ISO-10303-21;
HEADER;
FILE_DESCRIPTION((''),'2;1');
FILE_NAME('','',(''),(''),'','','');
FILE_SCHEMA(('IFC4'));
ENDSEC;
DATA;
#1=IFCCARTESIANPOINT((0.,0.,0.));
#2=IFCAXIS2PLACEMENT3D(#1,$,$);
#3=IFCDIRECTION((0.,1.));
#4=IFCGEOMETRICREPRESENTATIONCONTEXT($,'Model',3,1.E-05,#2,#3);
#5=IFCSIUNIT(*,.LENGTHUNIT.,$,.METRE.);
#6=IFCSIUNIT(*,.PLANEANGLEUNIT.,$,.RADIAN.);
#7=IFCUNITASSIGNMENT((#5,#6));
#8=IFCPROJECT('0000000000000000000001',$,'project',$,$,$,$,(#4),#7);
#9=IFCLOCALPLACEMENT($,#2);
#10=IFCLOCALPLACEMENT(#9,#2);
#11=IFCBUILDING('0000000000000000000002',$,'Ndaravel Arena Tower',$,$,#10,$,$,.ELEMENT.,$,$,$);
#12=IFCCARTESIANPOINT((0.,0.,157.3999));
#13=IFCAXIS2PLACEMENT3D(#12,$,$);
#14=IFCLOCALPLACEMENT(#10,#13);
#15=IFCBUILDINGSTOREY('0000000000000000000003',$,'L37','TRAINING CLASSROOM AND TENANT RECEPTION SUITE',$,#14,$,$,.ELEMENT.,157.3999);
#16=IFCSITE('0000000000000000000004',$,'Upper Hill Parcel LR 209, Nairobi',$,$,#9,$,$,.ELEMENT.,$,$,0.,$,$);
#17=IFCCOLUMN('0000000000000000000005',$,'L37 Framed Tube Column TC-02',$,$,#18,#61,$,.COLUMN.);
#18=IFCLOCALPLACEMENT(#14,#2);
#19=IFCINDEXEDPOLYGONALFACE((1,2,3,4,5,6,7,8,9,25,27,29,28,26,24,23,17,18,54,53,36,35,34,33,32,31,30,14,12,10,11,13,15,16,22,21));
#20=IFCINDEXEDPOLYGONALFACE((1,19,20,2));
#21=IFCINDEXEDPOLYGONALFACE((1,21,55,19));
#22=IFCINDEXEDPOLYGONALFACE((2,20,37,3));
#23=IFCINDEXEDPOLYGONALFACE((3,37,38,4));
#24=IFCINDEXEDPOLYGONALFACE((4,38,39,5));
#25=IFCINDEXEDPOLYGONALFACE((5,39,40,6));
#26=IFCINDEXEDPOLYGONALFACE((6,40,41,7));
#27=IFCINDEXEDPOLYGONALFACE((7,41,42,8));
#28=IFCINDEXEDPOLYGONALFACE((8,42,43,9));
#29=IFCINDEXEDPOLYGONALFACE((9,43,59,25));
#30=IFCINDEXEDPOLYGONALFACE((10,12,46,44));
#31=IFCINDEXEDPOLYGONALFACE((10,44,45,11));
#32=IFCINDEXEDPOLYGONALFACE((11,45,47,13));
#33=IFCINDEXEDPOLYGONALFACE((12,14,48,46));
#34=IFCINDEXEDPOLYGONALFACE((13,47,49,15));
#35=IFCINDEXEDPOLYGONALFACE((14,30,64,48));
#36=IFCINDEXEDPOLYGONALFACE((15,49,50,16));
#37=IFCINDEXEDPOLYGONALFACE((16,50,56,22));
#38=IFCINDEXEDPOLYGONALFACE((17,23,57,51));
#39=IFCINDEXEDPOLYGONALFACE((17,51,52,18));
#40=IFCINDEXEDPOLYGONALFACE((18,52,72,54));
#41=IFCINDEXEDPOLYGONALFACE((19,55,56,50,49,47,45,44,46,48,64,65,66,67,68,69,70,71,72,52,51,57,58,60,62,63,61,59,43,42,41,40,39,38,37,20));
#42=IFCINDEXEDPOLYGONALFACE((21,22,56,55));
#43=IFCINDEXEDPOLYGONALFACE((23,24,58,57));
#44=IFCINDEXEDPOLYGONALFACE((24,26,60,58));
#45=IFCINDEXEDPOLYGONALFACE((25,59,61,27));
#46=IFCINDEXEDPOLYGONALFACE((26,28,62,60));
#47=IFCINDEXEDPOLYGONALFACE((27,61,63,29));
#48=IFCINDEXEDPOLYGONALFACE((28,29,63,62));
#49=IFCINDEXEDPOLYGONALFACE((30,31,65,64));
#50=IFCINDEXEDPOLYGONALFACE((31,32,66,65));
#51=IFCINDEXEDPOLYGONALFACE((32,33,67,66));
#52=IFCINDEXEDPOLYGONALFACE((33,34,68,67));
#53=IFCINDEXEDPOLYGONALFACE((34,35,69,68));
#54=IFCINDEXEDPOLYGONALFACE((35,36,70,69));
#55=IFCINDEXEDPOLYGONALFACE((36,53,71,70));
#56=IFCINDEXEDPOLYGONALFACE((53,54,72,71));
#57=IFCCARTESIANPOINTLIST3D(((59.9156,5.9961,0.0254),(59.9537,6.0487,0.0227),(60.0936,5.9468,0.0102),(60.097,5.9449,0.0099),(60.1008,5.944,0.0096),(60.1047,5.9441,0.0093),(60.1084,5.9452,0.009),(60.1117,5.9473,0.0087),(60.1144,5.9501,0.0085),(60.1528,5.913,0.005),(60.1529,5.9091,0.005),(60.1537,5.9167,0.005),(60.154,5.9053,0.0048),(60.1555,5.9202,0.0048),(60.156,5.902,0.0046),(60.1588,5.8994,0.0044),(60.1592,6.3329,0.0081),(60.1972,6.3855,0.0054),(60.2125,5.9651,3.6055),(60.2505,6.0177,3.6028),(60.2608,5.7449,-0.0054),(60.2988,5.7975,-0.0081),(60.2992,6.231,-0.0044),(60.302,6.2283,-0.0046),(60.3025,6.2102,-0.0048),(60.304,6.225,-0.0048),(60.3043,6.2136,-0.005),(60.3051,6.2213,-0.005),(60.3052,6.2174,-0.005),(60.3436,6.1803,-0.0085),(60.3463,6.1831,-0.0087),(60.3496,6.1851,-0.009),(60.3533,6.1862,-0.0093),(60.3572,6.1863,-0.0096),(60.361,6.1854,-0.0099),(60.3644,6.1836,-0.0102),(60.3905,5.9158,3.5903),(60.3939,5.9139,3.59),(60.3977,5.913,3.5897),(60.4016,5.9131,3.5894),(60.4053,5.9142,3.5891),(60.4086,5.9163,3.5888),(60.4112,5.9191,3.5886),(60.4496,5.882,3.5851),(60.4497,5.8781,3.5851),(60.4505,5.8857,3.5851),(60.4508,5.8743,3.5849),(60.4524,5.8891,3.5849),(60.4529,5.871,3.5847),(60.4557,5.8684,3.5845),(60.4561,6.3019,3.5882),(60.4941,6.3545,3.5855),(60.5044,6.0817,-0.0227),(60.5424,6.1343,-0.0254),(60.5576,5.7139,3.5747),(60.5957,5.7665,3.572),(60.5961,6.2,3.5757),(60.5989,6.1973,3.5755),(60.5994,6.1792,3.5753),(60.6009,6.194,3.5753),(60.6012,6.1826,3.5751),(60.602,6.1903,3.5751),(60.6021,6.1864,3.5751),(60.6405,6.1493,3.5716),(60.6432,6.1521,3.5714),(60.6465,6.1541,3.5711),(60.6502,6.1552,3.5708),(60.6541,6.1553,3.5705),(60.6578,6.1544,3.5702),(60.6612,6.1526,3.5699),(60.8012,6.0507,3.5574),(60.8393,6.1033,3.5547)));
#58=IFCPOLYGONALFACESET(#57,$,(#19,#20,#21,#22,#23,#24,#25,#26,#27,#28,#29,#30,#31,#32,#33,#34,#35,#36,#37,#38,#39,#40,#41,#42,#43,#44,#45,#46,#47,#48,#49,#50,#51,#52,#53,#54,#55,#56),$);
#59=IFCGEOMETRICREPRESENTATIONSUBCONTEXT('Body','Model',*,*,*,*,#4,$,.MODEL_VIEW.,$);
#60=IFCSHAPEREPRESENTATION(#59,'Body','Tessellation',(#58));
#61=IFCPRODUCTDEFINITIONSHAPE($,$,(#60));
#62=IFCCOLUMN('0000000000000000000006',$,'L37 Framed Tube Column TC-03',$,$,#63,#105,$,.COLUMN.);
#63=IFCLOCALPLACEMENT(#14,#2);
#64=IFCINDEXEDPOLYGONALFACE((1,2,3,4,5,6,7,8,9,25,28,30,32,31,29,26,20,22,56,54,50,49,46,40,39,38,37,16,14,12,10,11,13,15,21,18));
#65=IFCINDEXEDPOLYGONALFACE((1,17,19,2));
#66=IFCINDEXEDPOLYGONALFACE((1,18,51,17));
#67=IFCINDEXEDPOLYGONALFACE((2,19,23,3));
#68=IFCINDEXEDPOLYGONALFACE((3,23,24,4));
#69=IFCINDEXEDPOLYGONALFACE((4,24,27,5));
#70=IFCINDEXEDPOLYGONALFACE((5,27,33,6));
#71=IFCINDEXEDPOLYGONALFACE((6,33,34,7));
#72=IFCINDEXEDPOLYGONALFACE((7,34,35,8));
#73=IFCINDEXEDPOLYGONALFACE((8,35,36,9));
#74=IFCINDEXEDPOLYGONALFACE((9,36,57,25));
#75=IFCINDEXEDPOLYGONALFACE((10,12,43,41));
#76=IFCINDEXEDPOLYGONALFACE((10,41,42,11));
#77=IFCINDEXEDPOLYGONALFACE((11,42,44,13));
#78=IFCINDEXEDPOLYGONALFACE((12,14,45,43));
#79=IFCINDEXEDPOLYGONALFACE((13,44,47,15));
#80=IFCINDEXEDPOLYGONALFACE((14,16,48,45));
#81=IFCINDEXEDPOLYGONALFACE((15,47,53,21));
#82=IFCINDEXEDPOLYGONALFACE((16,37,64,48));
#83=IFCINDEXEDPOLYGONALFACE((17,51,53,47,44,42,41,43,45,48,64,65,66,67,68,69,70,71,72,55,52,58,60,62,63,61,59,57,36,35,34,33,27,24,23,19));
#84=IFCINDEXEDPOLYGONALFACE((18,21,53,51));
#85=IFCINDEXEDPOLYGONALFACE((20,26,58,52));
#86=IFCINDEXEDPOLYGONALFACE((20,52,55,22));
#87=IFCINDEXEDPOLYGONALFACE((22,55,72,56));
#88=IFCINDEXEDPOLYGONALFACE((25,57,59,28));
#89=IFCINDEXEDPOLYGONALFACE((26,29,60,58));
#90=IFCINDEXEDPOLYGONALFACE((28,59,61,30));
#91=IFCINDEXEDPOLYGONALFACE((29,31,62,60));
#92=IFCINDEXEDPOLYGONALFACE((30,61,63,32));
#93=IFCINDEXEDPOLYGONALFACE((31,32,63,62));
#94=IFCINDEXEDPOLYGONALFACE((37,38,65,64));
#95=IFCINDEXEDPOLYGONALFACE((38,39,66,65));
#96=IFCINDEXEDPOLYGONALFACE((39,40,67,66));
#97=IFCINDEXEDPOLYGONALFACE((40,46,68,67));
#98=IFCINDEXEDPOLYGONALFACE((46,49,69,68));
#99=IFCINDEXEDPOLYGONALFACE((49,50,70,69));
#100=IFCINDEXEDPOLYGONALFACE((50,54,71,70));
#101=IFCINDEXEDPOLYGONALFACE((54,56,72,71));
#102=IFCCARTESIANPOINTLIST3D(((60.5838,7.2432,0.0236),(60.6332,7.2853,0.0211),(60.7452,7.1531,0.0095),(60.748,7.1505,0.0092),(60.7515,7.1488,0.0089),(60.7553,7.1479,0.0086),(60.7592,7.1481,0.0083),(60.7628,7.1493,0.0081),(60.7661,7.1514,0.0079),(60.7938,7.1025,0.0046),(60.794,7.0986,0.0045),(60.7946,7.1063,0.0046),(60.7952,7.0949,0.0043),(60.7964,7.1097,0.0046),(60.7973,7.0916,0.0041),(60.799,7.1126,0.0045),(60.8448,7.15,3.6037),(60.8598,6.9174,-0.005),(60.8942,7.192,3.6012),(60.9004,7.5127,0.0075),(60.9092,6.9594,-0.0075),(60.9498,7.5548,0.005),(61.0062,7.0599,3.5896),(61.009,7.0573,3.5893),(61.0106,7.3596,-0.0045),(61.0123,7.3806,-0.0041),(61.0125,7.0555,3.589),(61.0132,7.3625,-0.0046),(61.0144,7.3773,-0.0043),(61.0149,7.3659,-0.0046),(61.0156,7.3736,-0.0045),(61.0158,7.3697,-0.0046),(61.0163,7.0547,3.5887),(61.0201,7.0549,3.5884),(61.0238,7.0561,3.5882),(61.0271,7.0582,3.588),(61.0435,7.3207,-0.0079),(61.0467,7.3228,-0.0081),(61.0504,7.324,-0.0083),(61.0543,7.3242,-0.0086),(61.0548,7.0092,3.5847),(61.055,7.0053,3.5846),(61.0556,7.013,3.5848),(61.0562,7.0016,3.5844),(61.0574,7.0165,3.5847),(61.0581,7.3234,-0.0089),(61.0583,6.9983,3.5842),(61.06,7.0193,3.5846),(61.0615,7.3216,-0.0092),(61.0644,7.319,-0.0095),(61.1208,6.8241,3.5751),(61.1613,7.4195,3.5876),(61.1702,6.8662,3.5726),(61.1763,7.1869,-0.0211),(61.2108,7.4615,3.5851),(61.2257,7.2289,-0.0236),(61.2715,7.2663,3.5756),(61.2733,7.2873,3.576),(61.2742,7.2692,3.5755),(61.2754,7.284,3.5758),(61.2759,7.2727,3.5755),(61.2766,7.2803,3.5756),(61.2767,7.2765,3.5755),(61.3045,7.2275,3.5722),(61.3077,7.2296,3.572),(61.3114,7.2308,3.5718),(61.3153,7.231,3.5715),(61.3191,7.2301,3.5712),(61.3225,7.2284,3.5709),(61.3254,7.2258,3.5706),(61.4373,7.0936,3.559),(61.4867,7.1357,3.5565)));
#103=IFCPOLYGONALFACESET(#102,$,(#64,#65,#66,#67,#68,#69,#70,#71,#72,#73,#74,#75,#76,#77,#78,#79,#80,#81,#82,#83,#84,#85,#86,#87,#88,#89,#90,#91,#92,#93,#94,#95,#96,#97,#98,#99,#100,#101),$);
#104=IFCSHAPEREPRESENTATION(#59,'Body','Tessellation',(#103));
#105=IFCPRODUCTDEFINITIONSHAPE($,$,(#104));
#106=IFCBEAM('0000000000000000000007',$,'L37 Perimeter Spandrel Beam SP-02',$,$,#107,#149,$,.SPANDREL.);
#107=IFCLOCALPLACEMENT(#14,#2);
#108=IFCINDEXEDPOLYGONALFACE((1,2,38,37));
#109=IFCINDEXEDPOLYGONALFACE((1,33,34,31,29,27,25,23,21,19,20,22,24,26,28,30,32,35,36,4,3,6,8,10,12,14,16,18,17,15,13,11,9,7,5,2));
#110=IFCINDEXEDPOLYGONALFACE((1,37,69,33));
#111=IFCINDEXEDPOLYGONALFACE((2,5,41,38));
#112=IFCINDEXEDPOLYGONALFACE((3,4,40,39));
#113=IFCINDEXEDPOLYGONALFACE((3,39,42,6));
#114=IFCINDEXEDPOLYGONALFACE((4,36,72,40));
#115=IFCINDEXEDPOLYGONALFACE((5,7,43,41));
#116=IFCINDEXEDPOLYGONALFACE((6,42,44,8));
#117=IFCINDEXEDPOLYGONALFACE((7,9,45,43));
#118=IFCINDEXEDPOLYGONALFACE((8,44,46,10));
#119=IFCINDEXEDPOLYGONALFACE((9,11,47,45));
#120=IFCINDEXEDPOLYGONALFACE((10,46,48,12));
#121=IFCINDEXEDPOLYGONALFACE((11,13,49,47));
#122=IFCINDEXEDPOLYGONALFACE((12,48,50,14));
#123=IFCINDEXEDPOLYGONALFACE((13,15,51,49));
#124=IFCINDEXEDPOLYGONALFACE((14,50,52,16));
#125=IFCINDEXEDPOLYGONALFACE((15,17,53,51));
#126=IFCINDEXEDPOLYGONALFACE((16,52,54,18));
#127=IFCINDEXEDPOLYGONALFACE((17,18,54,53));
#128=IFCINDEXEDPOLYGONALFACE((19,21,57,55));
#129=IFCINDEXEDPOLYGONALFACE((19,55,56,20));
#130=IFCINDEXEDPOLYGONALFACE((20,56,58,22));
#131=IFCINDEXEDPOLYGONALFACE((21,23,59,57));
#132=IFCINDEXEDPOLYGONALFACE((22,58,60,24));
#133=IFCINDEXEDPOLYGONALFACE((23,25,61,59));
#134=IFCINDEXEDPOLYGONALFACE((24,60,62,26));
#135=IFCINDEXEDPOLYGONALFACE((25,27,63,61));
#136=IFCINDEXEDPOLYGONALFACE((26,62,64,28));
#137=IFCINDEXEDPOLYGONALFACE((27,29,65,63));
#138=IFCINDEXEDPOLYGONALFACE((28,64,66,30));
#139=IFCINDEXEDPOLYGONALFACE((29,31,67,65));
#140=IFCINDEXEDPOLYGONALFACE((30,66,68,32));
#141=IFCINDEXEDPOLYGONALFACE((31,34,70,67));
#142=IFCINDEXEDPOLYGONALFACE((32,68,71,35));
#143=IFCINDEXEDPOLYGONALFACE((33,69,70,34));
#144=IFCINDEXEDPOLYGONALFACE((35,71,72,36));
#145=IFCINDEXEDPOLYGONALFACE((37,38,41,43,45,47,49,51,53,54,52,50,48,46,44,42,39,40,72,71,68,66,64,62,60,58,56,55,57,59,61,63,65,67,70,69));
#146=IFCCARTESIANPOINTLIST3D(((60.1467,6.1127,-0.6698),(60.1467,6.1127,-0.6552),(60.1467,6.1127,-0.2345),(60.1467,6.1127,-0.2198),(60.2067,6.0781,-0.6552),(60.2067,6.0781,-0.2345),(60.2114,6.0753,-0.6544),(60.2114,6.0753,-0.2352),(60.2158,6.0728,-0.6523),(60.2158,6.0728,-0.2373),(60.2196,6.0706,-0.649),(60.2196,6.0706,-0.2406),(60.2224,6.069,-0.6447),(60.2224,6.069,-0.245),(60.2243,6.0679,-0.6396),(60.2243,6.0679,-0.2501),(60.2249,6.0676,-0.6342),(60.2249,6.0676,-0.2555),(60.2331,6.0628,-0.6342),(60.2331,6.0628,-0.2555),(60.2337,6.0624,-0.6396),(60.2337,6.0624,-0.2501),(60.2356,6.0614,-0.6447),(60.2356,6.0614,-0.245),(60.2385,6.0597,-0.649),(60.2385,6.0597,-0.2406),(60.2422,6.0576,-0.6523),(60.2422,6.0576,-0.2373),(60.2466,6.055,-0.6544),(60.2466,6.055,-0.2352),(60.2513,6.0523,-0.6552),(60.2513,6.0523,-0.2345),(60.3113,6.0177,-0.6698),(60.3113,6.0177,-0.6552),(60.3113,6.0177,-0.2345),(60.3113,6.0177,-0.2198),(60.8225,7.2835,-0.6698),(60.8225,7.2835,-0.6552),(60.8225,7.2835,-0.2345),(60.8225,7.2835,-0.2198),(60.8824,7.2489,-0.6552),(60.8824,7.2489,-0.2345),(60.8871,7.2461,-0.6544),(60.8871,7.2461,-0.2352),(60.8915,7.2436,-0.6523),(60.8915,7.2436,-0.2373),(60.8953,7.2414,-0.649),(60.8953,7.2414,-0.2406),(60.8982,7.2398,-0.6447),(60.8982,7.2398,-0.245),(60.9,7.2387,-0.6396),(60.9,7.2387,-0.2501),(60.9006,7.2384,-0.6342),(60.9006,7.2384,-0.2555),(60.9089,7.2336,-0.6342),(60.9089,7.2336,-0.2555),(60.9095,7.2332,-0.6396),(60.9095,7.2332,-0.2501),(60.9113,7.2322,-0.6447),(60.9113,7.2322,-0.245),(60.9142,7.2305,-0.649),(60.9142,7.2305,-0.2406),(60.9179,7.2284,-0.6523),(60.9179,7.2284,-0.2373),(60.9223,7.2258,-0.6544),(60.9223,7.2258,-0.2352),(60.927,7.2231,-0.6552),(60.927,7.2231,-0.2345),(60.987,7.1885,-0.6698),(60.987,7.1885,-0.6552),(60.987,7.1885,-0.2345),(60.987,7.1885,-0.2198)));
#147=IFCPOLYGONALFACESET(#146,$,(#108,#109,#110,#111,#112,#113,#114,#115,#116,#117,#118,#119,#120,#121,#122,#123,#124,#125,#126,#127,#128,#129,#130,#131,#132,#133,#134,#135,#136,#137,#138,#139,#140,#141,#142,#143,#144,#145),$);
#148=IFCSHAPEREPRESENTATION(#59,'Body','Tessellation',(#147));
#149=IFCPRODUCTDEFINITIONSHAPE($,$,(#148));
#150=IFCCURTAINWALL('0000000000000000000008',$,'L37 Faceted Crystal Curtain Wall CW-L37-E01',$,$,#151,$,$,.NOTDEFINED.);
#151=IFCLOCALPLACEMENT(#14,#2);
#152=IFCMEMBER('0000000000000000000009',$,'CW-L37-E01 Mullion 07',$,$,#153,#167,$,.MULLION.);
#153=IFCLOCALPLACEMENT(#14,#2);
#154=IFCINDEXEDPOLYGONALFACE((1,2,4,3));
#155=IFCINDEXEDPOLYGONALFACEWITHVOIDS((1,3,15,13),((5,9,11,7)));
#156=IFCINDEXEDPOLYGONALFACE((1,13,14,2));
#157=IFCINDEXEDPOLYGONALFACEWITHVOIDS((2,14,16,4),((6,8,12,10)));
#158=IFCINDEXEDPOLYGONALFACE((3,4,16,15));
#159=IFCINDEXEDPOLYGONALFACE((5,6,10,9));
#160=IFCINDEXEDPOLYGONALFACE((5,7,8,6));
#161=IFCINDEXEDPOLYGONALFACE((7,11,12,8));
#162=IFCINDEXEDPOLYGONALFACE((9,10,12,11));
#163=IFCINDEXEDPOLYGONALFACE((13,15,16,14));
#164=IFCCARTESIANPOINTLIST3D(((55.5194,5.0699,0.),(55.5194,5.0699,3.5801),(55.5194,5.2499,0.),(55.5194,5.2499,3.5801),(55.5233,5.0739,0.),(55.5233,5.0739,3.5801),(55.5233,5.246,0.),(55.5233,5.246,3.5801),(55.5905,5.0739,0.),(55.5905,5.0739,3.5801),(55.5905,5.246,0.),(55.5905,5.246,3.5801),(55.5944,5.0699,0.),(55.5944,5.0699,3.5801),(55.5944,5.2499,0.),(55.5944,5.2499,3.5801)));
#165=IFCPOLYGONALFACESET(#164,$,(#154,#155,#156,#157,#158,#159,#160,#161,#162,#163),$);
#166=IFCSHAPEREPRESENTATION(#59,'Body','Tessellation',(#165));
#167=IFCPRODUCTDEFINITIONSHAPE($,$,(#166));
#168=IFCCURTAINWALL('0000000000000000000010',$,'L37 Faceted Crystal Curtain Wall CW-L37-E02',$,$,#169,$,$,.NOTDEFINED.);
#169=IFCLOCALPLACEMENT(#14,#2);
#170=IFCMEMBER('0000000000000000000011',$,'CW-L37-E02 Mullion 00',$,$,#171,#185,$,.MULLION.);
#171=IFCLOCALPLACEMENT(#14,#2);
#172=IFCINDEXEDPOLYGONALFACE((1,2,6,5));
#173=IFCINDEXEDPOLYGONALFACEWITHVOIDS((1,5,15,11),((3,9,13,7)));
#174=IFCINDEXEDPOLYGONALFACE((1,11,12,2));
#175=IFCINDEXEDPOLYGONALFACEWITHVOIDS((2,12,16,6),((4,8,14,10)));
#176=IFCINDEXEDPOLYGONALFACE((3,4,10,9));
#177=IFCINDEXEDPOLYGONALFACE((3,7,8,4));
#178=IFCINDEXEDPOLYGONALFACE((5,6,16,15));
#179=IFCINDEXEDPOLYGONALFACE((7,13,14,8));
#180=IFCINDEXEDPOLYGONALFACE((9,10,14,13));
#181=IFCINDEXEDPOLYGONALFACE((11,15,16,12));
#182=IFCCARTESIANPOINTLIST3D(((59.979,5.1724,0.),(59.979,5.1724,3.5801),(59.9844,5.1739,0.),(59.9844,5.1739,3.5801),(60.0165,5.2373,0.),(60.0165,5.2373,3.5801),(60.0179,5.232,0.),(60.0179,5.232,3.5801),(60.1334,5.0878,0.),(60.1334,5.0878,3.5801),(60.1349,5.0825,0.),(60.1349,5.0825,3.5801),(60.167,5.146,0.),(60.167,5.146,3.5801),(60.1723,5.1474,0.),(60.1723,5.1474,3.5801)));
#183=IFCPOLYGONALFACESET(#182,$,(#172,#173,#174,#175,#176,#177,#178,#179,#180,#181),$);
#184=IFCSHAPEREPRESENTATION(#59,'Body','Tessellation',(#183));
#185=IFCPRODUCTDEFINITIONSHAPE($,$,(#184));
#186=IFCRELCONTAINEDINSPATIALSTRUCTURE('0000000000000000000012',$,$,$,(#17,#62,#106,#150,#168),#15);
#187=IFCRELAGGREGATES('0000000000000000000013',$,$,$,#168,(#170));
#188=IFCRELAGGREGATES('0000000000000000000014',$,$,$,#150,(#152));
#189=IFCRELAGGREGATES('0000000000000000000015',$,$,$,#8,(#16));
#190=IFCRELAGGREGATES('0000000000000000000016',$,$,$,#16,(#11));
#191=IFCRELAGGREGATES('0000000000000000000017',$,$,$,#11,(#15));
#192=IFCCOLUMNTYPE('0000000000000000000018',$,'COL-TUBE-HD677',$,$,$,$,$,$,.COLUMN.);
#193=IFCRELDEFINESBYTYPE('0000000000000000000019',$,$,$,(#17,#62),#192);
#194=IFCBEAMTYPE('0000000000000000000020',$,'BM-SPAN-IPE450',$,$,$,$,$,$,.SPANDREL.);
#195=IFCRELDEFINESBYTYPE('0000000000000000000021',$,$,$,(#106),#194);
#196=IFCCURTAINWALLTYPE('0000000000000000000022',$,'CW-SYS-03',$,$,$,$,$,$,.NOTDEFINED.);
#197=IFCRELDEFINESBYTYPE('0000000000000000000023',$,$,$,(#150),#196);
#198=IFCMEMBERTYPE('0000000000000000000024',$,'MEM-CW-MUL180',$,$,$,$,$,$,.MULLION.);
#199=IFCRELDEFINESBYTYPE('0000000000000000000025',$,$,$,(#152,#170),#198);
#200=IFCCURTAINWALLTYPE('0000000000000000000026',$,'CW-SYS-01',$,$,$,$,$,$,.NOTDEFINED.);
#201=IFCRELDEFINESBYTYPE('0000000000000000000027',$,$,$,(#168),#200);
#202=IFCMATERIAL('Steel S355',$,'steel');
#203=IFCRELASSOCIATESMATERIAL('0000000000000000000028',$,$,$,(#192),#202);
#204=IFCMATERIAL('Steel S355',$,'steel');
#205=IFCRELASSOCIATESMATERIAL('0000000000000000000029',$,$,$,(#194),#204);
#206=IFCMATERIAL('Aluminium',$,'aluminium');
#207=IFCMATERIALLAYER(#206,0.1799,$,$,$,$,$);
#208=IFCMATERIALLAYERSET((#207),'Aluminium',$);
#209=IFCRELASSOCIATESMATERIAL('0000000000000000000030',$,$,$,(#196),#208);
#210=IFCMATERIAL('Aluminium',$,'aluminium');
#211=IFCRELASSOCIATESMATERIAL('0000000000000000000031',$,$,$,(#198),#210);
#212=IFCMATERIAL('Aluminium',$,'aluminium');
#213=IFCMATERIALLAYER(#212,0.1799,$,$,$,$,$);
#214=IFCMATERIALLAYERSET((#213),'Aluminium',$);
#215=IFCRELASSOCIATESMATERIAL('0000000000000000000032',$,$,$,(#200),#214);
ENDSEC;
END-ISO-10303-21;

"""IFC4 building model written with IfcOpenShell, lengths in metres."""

from ifc_helpers import new_model, si_unit, direction, frame, origin, origin_2d, place, context, subcontext, project, spatial, hollow_rectangle, i_section, extrude, material, layer, layer_set, material_profile, profile_set, type_object, element, aggregate, save


model = new_model("IFC4")

# Units and contexts
model_context = context("Model", 3, precision=1e-05, world=origin(), true_north=direction((0.0, 1.0)))
body_context = subcontext(model_context, "Body", "Model", "MODEL_VIEW")
ifc_project = project(units=[si_unit("LENGTHUNIT", "METRE"), si_unit("PLANEANGLEUNIT", "RADIAN")], contexts=[model_context])

# Site, building, storey
site_placement = place(None, origin())
site = spatial("IfcSite", under=ifc_project, at=site_placement, Name="Upper Hill Parcel LR 209, Nairobi", CompositionType="ELEMENT", RefElevation=0.0)
building_placement = place(site_placement, origin())
building = spatial("IfcBuilding", under=site, at=building_placement, Name="Ndaravel Arena Tower", CompositionType="ELEMENT")
storey_placement = place(building_placement, frame((0.0, 0.0, 157.3999)))
storey = spatial("IfcBuildingStorey", under=building, at=storey_placement, Name="L37", Description="TRAINING CLASSROOM AND TENANT RECEPTION SUITE", CompositionType="ELEMENT", Elevation=157.3999)

# Columns
ifc_material_1 = material(Name="Steel S355", Category="steel")
ifc_material_profile_1 = material_profile(ifc_material_1, i_section(OverallWidth=0.428, OverallDepth=0.481, WebThickness=0.051, FlangeThickness=0.0649, FilletRadius=0.0149, at=origin_2d()), Name="HD 400x677")
ifc_profile_set_1 = profile_set([ifc_material_profile_1], Name="Steel S355")
column_type = type_object("IfcColumnType", Name="COL-TUBE-HD677", PredefinedType="COLUMN", material=ifc_profile_set_1)
column_1_placement = place(storey_placement, frame((60.229, 6.0652, 0.0), z_axis=(0.082637, -0.008631, 0.996542), x_axis=(-0.806424, 0.586943, 0.071955)))
element("IfcColumn", 1, at=column_1_placement, inside=storey, type_object=column_type, Name="L37 Framed Tube Column TC-02", PredefinedType="COLUMN", context=body_context, shape_type="SweptSolid", body=[
    extrude(i_section(OverallWidth=0.428, OverallDepth=0.481, WebThickness=0.051, FlangeThickness=0.0649, FilletRadius=0.0149, at=origin_2d()), origin(), (0.0, 0.0, 1.0), 3.5925),
])
column_2_placement = place(storey_placement, frame((60.9048, 7.2361, 0.0), z_axis=(0.072682, -0.025972, 0.997017), x_axis=(-0.644836, 0.761393, 0.066843)))
element("IfcColumn", 2, at=column_2_placement, inside=storey, type_object=column_type, Name="L37 Framed Tube Column TC-03", PredefinedType="COLUMN", context=body_context, shape_type="SweptSolid", body=[
    extrude(i_section(OverallWidth=0.428, OverallDepth=0.481, WebThickness=0.051, FlangeThickness=0.0649, FilletRadius=0.0149, at=origin_2d()), origin(), (0.0, 0.0, 1.0), 3.5908),
])

# Beam
ifc_material_2 = material(Name="Steel S355", Category="steel")
ifc_material_profile_2 = material_profile(ifc_material_2, i_section(OverallWidth=0.1899, OverallDepth=0.45, WebThickness=0.0095, FlangeThickness=0.0146, FilletRadius=0.021, at=origin_2d()), Name="IPE 450")
ifc_profile_set_2 = profile_set([ifc_material_profile_2], Name="Steel S355")
beam_type = type_object("IfcBeamType", Name="BM-SPAN-IPE450", PredefinedType="SPANDREL", material=ifc_profile_set_2)
beam_placement = place(storey_placement, frame((60.229, 6.0652, -0.4448), z_axis=(0.499868, 0.866101, 0.0), x_axis=(-0.866101, 0.499868, 0.0)))
element("IfcBeam", 3, at=beam_placement, inside=storey, type_object=beam_type, Name="L37 Perimeter Spandrel Beam SP-02", PredefinedType="SPANDREL", context=body_context, shape_type="SweptSolid", body=[
    extrude(i_section(OverallWidth=0.1899, OverallDepth=0.45, WebThickness=0.0095, FlangeThickness=0.0146, FilletRadius=0.021, at=origin_2d()), origin(), (0.0, 0.0, 1.0), 1.3518),
])

# Curtain wall, member
ifc_material_3 = material(Name="Aluminium", Category="aluminium")
ifc_layer_1 = layer(ifc_material_3, 0.1799)
ifc_layer_set_1 = layer_set([ifc_layer_1], Name="Aluminium")
curtain_wall_type_1 = type_object("IfcCurtainWallType", Name="CW-SYS-03", PredefinedType="NOTDEFINED", material=ifc_layer_set_1)
curtain_wall_1_placement = place(storey_placement, origin())
curtain_wall_1 = element("IfcCurtainWall", 4, at=curtain_wall_1_placement, inside=storey, type_object=curtain_wall_type_1, Name="L37 Faceted Crystal Curtain Wall CW-L37-E01", PredefinedType="NOTDEFINED")
ifc_material_4 = material(Name="Aluminium", Category="aluminium")
ifc_material_profile_3 = material_profile(ifc_material_4, hollow_rectangle(XDim=0.075, YDim=0.1799, WallThickness=0.0039, at=origin_2d()), Name="CW MULLION 75x180x4")
ifc_profile_set_3 = profile_set([ifc_material_profile_3], Name="Aluminium")
member_type_1 = type_object("IfcMemberType", Name="MEM-CW-MUL180", PredefinedType="MULLION", material=ifc_profile_set_3)
member_1_placement = place(storey_placement, frame((55.5569, 5.1599, 0.0), z_axis=(0.0, 0.0, 1.0), x_axis=(1.0, 0.0, 0.0)))
member_1 = element("IfcMember", 5, at=member_1_placement, type_object=member_type_1, Name="CW-L37-E01 Mullion 07", PredefinedType="MULLION", context=body_context, shape_type="SweptSolid", body=[
    extrude(hollow_rectangle(XDim=0.075, YDim=0.1799, WallThickness=0.0039, at=origin_2d()), origin(), (0.0, 0.0, 1.0), 3.5801),
])

# Curtain wall, member
ifc_material_5 = material(Name="Aluminium", Category="aluminium")
ifc_layer_2 = layer(ifc_material_5, 0.1799)
ifc_layer_set_2 = layer_set([ifc_layer_2], Name="Aluminium")
curtain_wall_type_2 = type_object("IfcCurtainWallType", Name="CW-SYS-01", PredefinedType="NOTDEFINED", material=ifc_layer_set_2)
curtain_wall_2_placement = place(storey_placement, origin())
curtain_wall_2 = element("IfcCurtainWall", 6, at=curtain_wall_2_placement, inside=storey, type_object=curtain_wall_type_2, Name="L37 Faceted Crystal Curtain Wall CW-L37-E02", PredefinedType="NOTDEFINED")
member_2_placement = place(storey_placement, frame((60.0757, 5.1599, 0.0), z_axis=(0.0, 0.0, 1.0), x_axis=(0.5, 0.866025, 0.0)))
member_2 = element("IfcMember", 7, at=member_2_placement, type_object=member_type_1, Name="CW-L37-E02 Mullion 00", PredefinedType="MULLION", context=body_context, shape_type="SweptSolid", body=[
    extrude(hollow_rectangle(XDim=0.075, YDim=0.1799, WallThickness=0.0039, at=origin_2d()), origin(), (0.0, 0.0, 1.0), 3.5801),
])
aggregate(curtain_wall_2, [member_2])

aggregate(curtain_wall_1, [member_1])

save(model, "model.ifc")
